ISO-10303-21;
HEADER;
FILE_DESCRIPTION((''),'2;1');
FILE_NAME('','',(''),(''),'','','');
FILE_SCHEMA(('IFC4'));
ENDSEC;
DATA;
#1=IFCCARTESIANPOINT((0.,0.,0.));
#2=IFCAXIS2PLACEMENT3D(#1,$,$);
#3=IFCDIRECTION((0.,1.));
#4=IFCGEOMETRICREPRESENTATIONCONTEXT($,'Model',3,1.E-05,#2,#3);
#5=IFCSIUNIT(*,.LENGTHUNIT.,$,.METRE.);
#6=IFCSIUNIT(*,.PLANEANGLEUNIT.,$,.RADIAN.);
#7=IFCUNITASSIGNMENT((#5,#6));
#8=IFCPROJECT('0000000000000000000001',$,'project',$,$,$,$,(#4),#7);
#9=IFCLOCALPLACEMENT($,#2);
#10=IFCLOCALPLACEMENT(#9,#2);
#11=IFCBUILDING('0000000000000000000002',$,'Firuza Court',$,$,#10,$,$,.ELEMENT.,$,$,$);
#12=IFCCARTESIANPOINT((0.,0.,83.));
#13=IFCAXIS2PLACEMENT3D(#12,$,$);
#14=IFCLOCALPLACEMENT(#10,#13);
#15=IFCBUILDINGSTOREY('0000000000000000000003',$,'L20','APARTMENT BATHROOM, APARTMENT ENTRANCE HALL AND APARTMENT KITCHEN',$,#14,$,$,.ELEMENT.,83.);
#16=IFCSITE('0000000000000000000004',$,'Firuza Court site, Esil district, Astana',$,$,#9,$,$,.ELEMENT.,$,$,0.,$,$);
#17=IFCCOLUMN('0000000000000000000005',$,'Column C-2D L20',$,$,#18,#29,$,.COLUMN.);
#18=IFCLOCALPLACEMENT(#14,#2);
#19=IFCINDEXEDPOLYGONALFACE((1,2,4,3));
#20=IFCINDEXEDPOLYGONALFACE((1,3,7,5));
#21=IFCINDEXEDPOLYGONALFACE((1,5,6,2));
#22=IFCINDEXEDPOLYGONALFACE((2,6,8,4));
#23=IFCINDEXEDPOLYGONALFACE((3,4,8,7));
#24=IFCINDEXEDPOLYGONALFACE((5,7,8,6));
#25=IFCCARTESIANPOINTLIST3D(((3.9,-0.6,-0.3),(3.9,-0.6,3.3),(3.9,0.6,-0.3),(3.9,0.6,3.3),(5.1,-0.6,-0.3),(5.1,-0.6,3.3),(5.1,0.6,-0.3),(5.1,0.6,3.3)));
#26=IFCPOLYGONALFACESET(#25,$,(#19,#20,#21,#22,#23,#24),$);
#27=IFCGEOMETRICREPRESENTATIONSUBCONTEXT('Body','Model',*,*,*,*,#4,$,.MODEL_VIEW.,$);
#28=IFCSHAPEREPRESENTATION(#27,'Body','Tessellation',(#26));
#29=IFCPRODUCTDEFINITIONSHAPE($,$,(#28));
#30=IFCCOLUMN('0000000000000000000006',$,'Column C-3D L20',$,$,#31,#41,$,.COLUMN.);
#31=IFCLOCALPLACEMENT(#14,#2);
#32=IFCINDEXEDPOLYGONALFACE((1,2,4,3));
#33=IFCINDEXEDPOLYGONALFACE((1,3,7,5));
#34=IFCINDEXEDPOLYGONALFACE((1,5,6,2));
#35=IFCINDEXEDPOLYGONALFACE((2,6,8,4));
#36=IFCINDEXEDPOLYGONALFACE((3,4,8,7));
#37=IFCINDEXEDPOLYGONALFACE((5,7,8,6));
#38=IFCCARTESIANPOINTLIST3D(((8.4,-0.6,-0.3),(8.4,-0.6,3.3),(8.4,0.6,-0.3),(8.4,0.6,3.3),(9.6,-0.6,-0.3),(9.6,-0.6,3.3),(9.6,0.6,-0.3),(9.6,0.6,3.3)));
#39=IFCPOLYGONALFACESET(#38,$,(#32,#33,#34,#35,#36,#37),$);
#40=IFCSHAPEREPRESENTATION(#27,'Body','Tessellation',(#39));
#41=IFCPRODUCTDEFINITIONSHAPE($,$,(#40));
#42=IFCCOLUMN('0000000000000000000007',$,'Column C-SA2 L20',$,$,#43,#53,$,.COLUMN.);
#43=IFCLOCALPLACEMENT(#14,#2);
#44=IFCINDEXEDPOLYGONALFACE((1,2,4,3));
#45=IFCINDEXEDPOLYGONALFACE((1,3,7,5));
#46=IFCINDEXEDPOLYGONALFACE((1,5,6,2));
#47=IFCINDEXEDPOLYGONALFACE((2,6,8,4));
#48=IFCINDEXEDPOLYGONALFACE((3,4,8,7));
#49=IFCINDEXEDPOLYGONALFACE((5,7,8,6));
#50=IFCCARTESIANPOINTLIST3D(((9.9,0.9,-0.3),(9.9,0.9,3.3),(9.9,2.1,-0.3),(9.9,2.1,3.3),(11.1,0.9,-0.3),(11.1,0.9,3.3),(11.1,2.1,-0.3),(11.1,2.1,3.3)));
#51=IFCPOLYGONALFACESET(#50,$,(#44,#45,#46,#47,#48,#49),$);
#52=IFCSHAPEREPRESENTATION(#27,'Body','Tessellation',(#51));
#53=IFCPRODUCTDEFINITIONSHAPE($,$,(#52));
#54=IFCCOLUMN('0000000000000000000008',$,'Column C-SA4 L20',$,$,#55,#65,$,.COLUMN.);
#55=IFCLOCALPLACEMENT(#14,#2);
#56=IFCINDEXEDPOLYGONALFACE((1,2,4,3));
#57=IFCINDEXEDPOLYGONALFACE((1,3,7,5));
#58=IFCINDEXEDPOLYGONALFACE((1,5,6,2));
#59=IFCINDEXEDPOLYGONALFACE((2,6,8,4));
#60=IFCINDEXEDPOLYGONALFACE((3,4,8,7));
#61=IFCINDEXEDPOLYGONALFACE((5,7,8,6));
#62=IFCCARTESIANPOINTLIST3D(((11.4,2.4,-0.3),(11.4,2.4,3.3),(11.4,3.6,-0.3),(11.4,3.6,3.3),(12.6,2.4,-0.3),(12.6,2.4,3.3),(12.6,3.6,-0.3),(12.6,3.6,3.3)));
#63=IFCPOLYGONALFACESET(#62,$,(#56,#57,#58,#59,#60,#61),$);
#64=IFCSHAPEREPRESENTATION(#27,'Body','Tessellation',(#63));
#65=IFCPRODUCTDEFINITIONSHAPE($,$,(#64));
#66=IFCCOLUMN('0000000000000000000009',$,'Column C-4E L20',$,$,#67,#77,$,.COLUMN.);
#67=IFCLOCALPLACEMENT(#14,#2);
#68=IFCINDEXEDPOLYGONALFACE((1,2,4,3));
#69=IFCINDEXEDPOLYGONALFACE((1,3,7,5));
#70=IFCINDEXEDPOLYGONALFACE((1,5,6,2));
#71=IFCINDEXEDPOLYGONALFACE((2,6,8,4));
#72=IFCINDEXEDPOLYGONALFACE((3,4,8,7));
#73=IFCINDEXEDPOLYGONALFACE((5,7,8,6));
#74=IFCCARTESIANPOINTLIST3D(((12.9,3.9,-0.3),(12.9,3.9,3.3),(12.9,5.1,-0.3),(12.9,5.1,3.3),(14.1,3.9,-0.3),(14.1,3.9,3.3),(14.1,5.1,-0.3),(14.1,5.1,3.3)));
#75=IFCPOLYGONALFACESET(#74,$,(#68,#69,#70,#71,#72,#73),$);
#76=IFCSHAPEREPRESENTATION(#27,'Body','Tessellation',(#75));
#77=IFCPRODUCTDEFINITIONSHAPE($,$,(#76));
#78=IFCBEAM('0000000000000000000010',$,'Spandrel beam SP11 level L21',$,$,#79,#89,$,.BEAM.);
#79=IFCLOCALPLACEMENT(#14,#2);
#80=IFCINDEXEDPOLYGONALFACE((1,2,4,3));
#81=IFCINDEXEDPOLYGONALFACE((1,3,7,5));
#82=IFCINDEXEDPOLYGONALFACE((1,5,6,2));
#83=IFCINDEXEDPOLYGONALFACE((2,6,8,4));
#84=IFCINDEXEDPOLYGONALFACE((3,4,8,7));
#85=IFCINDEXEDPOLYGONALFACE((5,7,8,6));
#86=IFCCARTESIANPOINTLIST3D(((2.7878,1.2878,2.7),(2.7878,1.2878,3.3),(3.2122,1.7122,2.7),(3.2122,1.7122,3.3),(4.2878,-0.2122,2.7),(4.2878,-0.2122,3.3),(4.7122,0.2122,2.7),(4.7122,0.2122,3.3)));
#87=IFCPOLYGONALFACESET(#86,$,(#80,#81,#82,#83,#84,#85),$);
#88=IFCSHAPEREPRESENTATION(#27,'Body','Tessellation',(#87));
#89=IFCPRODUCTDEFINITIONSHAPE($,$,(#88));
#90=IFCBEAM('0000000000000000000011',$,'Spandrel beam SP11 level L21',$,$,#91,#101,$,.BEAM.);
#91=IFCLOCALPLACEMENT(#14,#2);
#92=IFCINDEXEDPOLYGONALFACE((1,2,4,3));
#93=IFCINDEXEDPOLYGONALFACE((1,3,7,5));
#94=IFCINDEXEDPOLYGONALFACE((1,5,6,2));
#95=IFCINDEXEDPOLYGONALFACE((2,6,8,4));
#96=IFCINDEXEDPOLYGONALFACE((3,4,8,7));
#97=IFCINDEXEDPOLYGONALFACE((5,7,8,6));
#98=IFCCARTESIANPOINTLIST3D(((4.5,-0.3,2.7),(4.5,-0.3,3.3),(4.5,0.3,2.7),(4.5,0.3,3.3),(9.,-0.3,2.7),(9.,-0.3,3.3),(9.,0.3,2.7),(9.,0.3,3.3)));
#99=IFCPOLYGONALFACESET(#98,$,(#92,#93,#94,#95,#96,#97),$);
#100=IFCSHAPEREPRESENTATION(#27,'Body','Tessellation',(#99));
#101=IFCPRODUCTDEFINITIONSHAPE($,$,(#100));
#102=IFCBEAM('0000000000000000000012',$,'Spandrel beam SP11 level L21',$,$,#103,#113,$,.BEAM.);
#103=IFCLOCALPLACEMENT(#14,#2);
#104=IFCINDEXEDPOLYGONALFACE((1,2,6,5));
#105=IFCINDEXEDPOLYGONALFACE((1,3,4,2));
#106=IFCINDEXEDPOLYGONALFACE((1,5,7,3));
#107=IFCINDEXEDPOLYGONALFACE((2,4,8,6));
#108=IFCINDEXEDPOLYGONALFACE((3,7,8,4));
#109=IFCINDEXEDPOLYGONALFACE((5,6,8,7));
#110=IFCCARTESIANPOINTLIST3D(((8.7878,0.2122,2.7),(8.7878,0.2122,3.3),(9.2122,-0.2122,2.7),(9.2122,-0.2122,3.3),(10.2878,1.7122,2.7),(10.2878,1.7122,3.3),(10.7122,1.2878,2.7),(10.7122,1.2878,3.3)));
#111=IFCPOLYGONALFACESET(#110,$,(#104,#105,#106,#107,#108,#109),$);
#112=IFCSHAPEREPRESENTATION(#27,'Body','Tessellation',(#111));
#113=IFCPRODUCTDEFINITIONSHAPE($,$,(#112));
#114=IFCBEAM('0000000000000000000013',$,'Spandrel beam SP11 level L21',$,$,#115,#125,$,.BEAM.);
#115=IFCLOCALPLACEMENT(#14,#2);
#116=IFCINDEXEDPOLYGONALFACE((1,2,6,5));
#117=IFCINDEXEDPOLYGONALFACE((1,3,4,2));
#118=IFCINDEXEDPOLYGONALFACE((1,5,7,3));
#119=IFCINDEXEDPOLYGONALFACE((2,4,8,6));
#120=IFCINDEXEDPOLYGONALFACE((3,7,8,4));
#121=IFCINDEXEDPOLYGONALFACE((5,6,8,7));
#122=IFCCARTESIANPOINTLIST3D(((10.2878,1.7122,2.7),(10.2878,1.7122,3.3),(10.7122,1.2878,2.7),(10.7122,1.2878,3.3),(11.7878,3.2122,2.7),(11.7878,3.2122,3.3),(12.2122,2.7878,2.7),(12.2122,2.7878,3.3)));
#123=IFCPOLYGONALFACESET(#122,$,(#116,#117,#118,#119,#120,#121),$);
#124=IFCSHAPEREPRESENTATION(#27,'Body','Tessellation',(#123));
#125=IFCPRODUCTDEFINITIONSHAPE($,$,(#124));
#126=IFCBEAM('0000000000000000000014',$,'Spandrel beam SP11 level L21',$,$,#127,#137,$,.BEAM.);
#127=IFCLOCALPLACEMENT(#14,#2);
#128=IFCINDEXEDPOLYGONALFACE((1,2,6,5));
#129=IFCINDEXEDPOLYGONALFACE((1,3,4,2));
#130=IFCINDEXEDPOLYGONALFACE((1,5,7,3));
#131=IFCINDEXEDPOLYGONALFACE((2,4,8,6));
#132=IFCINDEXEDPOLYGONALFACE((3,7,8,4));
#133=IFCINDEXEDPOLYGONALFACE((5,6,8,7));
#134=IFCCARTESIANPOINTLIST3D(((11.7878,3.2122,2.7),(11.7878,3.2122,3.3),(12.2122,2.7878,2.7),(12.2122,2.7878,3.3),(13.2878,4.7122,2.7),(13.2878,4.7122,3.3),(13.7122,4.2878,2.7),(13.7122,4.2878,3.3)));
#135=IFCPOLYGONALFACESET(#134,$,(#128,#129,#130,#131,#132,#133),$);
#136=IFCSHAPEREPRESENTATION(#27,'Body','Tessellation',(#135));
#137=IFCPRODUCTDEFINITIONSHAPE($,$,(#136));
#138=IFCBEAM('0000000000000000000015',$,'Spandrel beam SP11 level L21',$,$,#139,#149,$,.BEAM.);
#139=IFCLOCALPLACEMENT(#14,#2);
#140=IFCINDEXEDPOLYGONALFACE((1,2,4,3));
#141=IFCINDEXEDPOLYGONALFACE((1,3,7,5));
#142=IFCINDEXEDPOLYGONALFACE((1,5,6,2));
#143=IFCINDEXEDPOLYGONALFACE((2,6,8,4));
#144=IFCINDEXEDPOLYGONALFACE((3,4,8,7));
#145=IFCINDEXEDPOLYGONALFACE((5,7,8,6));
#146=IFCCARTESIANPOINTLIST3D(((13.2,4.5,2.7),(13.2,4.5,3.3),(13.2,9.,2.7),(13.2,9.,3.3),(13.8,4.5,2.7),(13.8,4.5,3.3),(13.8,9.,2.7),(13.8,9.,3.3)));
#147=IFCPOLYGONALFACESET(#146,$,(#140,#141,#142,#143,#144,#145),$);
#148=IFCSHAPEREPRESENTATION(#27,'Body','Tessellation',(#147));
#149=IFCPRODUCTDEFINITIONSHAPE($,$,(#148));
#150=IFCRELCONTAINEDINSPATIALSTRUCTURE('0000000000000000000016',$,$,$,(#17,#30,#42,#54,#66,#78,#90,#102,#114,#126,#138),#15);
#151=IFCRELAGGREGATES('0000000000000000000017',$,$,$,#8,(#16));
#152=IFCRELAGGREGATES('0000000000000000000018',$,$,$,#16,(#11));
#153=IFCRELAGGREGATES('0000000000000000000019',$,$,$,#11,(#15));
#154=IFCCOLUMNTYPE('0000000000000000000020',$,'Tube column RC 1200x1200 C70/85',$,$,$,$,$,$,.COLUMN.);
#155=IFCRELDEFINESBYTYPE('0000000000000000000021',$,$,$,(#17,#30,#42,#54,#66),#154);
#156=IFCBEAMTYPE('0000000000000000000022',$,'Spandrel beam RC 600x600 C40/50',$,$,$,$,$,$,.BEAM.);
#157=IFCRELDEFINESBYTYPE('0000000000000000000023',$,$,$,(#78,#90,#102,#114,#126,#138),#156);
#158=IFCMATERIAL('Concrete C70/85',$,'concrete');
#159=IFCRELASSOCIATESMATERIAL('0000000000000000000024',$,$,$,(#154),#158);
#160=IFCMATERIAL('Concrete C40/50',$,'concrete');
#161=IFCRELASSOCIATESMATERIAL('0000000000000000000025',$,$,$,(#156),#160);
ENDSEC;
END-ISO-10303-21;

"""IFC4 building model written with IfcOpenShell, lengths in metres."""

from ifc_helpers import new_model, si_unit, direction, frame, origin, origin_2d, place, context, subcontext, project, spatial, rectangle, extrude, material, material_profile, profile_set, type_object, element, save


model = new_model("IFC4")

# Units and contexts
model_context = context("Model", 3, precision=1e-05, world=origin(), true_north=direction((0.0, 1.0)))
body_context = subcontext(model_context, "Body", "Model", "MODEL_VIEW")
ifc_project = project(units=[si_unit("LENGTHUNIT", "METRE"), si_unit("PLANEANGLEUNIT", "RADIAN")], contexts=[model_context])

# Site, building, storey
site_placement = place(None, origin())
site = spatial("IfcSite", under=ifc_project, at=site_placement, Name="Firuza Court site, Esil district, Astana", CompositionType="ELEMENT", RefElevation=0.0)
building_placement = place(site_placement, origin())
building = spatial("IfcBuilding", under=site, at=building_placement, Name="Firuza Court", CompositionType="ELEMENT")
storey_placement = place(building_placement, frame((0.0, 0.0, 83.0)))
storey = spatial("IfcBuildingStorey", under=building, at=storey_placement, Name="L20", Description="APARTMENT BATHROOM, APARTMENT ENTRANCE HALL AND APARTMENT KITCHEN", CompositionType="ELEMENT", Elevation=83.0)

# Columns
ifc_material_1 = material(Name="Concrete C70/85", Category="concrete")
ifc_material_profile_1 = material_profile(ifc_material_1, rectangle(XDim=1.2, YDim=1.2, at=origin_2d()), Name="RC 1200x1200")
ifc_profile_set_1 = profile_set([ifc_material_profile_1], Name="Concrete C70/85")
column_type = type_object("IfcColumnType", Name="Tube column RC 1200x1200 C70/85", PredefinedType="COLUMN", material=ifc_profile_set_1)
for number, where, z_axis, x_axis, name in (
    (1, (4.5, 0.0, -0.3), (0.0, 0.0, 1.0), (1.0, 0.0, 0.0), "Column C-2D L20"),
    (2, (9.0, 0.0, -0.3), (0.0, 0.0, 1.0), (1.0, 0.0, 0.0), "Column C-3D L20"),
    (3, (10.5, 1.5, -0.3), (0.0, 0.0, 1.0), (1.0, 0.0, 0.0), "Column C-SA2 L20"),
    (4, (12.0, 3.0, -0.3), (0.0, 0.0, 1.0), (1.0, 0.0, 0.0), "Column C-SA4 L20"),
    (5, (13.5, 4.5, -0.3), (0.0, 0.0, 1.0), (1.0, 0.0, 0.0), "Column C-4E L20"),
):
    element("IfcColumn", number, at=place(storey_placement, frame(where, z_axis=z_axis, x_axis=x_axis)), inside=storey, type_object=column_type, Name=name, PredefinedType="COLUMN", context=body_context, shape_type="SweptSolid", body=[
        extrude(rectangle(XDim=1.2, YDim=1.2, at=origin_2d()), origin(), (0.0, 0.0, 1.0), 3.6001),
    ])

# Beams
ifc_material_2 = material(Name="Concrete C40/50", Category="concrete")
ifc_material_profile_2 = material_profile(ifc_material_2, rectangle(XDim=0.6001, YDim=0.6001, at=origin_2d()), Name="RC 600x600")
ifc_profile_set_2 = profile_set([ifc_material_profile_2], Name="Concrete C40/50")
beam_type = type_object("IfcBeamType", Name="Spandrel beam RC 600x600 C40/50", PredefinedType="BEAM", material=ifc_profile_set_2)
beam_1_placement = place(storey_placement, frame((3.0, 1.5, 3.0), z_axis=(0.707107, -0.707107, 0.0), x_axis=(0.707107, 0.707107, 0.0)))
element("IfcBeam", 6, at=beam_1_placement, inside=storey, type_object=beam_type, Name="Spandrel beam SP11 level L21", PredefinedType="BEAM", context=body_context, shape_type="SweptSolid", body=[
    extrude(rectangle(XDim=0.6001, YDim=0.6001, at=origin_2d()), origin(), (0.0, 0.0, 1.0), 2.1213),
])
beam_2_placement = place(storey_placement, frame((4.5, 0.0, 3.0), z_axis=(1.0, 0.0, 0.0), x_axis=(0.0, 1.0, 0.0)))
element("IfcBeam", 7, at=beam_2_placement, inside=storey, type_object=beam_type, Name="Spandrel beam SP11 level L21", PredefinedType="BEAM", context=body_context, shape_type="SweptSolid", body=[
    extrude(rectangle(XDim=0.6001, YDim=0.6001, at=origin_2d()), origin(), (0.0, 0.0, 1.0), 4.5),
])
for number, where, z_axis, x_axis, name in (
    (8, (9.0, 0.0, 3.0), (0.707107, 0.707107, 0.0), (-0.707107, 0.707107, 0.0), "Spandrel beam SP11 level L21"),
    (9, (10.5, 1.5, 3.0), (0.707107, 0.707107, 0.0), (-0.707107, 0.707107, 0.0), "Spandrel beam SP11 level L21"),
    (10, (12.0, 3.0, 3.0), (0.707107, 0.707107, 0.0), (-0.707107, 0.707107, 0.0), "Spandrel beam SP11 level L21"),
):
    element("IfcBeam", number, at=place(storey_placement, frame(where, z_axis=z_axis, x_axis=x_axis)), inside=storey, type_object=beam_type, Name=name, PredefinedType="BEAM", context=body_context, shape_type="SweptSolid", body=[
        extrude(rectangle(XDim=0.6001, YDim=0.6001, at=origin_2d()), origin(), (0.0, 0.0, 1.0), 2.1213),
    ])
beam_3_placement = place(storey_placement, frame((13.5, 4.5, 3.0), z_axis=(0.0, 1.0, 0.0), x_axis=(-1.0, 0.0, 0.0)))
element("IfcBeam", 11, at=beam_3_placement, inside=storey, type_object=beam_type, Name="Spandrel beam SP11 level L21", PredefinedType="BEAM", context=body_context, shape_type="SweptSolid", body=[
    extrude(rectangle(XDim=0.6001, YDim=0.6001, at=origin_2d()), origin(), (0.0, 0.0, 1.0), 4.5),
])

save(model, "model.ifc")
